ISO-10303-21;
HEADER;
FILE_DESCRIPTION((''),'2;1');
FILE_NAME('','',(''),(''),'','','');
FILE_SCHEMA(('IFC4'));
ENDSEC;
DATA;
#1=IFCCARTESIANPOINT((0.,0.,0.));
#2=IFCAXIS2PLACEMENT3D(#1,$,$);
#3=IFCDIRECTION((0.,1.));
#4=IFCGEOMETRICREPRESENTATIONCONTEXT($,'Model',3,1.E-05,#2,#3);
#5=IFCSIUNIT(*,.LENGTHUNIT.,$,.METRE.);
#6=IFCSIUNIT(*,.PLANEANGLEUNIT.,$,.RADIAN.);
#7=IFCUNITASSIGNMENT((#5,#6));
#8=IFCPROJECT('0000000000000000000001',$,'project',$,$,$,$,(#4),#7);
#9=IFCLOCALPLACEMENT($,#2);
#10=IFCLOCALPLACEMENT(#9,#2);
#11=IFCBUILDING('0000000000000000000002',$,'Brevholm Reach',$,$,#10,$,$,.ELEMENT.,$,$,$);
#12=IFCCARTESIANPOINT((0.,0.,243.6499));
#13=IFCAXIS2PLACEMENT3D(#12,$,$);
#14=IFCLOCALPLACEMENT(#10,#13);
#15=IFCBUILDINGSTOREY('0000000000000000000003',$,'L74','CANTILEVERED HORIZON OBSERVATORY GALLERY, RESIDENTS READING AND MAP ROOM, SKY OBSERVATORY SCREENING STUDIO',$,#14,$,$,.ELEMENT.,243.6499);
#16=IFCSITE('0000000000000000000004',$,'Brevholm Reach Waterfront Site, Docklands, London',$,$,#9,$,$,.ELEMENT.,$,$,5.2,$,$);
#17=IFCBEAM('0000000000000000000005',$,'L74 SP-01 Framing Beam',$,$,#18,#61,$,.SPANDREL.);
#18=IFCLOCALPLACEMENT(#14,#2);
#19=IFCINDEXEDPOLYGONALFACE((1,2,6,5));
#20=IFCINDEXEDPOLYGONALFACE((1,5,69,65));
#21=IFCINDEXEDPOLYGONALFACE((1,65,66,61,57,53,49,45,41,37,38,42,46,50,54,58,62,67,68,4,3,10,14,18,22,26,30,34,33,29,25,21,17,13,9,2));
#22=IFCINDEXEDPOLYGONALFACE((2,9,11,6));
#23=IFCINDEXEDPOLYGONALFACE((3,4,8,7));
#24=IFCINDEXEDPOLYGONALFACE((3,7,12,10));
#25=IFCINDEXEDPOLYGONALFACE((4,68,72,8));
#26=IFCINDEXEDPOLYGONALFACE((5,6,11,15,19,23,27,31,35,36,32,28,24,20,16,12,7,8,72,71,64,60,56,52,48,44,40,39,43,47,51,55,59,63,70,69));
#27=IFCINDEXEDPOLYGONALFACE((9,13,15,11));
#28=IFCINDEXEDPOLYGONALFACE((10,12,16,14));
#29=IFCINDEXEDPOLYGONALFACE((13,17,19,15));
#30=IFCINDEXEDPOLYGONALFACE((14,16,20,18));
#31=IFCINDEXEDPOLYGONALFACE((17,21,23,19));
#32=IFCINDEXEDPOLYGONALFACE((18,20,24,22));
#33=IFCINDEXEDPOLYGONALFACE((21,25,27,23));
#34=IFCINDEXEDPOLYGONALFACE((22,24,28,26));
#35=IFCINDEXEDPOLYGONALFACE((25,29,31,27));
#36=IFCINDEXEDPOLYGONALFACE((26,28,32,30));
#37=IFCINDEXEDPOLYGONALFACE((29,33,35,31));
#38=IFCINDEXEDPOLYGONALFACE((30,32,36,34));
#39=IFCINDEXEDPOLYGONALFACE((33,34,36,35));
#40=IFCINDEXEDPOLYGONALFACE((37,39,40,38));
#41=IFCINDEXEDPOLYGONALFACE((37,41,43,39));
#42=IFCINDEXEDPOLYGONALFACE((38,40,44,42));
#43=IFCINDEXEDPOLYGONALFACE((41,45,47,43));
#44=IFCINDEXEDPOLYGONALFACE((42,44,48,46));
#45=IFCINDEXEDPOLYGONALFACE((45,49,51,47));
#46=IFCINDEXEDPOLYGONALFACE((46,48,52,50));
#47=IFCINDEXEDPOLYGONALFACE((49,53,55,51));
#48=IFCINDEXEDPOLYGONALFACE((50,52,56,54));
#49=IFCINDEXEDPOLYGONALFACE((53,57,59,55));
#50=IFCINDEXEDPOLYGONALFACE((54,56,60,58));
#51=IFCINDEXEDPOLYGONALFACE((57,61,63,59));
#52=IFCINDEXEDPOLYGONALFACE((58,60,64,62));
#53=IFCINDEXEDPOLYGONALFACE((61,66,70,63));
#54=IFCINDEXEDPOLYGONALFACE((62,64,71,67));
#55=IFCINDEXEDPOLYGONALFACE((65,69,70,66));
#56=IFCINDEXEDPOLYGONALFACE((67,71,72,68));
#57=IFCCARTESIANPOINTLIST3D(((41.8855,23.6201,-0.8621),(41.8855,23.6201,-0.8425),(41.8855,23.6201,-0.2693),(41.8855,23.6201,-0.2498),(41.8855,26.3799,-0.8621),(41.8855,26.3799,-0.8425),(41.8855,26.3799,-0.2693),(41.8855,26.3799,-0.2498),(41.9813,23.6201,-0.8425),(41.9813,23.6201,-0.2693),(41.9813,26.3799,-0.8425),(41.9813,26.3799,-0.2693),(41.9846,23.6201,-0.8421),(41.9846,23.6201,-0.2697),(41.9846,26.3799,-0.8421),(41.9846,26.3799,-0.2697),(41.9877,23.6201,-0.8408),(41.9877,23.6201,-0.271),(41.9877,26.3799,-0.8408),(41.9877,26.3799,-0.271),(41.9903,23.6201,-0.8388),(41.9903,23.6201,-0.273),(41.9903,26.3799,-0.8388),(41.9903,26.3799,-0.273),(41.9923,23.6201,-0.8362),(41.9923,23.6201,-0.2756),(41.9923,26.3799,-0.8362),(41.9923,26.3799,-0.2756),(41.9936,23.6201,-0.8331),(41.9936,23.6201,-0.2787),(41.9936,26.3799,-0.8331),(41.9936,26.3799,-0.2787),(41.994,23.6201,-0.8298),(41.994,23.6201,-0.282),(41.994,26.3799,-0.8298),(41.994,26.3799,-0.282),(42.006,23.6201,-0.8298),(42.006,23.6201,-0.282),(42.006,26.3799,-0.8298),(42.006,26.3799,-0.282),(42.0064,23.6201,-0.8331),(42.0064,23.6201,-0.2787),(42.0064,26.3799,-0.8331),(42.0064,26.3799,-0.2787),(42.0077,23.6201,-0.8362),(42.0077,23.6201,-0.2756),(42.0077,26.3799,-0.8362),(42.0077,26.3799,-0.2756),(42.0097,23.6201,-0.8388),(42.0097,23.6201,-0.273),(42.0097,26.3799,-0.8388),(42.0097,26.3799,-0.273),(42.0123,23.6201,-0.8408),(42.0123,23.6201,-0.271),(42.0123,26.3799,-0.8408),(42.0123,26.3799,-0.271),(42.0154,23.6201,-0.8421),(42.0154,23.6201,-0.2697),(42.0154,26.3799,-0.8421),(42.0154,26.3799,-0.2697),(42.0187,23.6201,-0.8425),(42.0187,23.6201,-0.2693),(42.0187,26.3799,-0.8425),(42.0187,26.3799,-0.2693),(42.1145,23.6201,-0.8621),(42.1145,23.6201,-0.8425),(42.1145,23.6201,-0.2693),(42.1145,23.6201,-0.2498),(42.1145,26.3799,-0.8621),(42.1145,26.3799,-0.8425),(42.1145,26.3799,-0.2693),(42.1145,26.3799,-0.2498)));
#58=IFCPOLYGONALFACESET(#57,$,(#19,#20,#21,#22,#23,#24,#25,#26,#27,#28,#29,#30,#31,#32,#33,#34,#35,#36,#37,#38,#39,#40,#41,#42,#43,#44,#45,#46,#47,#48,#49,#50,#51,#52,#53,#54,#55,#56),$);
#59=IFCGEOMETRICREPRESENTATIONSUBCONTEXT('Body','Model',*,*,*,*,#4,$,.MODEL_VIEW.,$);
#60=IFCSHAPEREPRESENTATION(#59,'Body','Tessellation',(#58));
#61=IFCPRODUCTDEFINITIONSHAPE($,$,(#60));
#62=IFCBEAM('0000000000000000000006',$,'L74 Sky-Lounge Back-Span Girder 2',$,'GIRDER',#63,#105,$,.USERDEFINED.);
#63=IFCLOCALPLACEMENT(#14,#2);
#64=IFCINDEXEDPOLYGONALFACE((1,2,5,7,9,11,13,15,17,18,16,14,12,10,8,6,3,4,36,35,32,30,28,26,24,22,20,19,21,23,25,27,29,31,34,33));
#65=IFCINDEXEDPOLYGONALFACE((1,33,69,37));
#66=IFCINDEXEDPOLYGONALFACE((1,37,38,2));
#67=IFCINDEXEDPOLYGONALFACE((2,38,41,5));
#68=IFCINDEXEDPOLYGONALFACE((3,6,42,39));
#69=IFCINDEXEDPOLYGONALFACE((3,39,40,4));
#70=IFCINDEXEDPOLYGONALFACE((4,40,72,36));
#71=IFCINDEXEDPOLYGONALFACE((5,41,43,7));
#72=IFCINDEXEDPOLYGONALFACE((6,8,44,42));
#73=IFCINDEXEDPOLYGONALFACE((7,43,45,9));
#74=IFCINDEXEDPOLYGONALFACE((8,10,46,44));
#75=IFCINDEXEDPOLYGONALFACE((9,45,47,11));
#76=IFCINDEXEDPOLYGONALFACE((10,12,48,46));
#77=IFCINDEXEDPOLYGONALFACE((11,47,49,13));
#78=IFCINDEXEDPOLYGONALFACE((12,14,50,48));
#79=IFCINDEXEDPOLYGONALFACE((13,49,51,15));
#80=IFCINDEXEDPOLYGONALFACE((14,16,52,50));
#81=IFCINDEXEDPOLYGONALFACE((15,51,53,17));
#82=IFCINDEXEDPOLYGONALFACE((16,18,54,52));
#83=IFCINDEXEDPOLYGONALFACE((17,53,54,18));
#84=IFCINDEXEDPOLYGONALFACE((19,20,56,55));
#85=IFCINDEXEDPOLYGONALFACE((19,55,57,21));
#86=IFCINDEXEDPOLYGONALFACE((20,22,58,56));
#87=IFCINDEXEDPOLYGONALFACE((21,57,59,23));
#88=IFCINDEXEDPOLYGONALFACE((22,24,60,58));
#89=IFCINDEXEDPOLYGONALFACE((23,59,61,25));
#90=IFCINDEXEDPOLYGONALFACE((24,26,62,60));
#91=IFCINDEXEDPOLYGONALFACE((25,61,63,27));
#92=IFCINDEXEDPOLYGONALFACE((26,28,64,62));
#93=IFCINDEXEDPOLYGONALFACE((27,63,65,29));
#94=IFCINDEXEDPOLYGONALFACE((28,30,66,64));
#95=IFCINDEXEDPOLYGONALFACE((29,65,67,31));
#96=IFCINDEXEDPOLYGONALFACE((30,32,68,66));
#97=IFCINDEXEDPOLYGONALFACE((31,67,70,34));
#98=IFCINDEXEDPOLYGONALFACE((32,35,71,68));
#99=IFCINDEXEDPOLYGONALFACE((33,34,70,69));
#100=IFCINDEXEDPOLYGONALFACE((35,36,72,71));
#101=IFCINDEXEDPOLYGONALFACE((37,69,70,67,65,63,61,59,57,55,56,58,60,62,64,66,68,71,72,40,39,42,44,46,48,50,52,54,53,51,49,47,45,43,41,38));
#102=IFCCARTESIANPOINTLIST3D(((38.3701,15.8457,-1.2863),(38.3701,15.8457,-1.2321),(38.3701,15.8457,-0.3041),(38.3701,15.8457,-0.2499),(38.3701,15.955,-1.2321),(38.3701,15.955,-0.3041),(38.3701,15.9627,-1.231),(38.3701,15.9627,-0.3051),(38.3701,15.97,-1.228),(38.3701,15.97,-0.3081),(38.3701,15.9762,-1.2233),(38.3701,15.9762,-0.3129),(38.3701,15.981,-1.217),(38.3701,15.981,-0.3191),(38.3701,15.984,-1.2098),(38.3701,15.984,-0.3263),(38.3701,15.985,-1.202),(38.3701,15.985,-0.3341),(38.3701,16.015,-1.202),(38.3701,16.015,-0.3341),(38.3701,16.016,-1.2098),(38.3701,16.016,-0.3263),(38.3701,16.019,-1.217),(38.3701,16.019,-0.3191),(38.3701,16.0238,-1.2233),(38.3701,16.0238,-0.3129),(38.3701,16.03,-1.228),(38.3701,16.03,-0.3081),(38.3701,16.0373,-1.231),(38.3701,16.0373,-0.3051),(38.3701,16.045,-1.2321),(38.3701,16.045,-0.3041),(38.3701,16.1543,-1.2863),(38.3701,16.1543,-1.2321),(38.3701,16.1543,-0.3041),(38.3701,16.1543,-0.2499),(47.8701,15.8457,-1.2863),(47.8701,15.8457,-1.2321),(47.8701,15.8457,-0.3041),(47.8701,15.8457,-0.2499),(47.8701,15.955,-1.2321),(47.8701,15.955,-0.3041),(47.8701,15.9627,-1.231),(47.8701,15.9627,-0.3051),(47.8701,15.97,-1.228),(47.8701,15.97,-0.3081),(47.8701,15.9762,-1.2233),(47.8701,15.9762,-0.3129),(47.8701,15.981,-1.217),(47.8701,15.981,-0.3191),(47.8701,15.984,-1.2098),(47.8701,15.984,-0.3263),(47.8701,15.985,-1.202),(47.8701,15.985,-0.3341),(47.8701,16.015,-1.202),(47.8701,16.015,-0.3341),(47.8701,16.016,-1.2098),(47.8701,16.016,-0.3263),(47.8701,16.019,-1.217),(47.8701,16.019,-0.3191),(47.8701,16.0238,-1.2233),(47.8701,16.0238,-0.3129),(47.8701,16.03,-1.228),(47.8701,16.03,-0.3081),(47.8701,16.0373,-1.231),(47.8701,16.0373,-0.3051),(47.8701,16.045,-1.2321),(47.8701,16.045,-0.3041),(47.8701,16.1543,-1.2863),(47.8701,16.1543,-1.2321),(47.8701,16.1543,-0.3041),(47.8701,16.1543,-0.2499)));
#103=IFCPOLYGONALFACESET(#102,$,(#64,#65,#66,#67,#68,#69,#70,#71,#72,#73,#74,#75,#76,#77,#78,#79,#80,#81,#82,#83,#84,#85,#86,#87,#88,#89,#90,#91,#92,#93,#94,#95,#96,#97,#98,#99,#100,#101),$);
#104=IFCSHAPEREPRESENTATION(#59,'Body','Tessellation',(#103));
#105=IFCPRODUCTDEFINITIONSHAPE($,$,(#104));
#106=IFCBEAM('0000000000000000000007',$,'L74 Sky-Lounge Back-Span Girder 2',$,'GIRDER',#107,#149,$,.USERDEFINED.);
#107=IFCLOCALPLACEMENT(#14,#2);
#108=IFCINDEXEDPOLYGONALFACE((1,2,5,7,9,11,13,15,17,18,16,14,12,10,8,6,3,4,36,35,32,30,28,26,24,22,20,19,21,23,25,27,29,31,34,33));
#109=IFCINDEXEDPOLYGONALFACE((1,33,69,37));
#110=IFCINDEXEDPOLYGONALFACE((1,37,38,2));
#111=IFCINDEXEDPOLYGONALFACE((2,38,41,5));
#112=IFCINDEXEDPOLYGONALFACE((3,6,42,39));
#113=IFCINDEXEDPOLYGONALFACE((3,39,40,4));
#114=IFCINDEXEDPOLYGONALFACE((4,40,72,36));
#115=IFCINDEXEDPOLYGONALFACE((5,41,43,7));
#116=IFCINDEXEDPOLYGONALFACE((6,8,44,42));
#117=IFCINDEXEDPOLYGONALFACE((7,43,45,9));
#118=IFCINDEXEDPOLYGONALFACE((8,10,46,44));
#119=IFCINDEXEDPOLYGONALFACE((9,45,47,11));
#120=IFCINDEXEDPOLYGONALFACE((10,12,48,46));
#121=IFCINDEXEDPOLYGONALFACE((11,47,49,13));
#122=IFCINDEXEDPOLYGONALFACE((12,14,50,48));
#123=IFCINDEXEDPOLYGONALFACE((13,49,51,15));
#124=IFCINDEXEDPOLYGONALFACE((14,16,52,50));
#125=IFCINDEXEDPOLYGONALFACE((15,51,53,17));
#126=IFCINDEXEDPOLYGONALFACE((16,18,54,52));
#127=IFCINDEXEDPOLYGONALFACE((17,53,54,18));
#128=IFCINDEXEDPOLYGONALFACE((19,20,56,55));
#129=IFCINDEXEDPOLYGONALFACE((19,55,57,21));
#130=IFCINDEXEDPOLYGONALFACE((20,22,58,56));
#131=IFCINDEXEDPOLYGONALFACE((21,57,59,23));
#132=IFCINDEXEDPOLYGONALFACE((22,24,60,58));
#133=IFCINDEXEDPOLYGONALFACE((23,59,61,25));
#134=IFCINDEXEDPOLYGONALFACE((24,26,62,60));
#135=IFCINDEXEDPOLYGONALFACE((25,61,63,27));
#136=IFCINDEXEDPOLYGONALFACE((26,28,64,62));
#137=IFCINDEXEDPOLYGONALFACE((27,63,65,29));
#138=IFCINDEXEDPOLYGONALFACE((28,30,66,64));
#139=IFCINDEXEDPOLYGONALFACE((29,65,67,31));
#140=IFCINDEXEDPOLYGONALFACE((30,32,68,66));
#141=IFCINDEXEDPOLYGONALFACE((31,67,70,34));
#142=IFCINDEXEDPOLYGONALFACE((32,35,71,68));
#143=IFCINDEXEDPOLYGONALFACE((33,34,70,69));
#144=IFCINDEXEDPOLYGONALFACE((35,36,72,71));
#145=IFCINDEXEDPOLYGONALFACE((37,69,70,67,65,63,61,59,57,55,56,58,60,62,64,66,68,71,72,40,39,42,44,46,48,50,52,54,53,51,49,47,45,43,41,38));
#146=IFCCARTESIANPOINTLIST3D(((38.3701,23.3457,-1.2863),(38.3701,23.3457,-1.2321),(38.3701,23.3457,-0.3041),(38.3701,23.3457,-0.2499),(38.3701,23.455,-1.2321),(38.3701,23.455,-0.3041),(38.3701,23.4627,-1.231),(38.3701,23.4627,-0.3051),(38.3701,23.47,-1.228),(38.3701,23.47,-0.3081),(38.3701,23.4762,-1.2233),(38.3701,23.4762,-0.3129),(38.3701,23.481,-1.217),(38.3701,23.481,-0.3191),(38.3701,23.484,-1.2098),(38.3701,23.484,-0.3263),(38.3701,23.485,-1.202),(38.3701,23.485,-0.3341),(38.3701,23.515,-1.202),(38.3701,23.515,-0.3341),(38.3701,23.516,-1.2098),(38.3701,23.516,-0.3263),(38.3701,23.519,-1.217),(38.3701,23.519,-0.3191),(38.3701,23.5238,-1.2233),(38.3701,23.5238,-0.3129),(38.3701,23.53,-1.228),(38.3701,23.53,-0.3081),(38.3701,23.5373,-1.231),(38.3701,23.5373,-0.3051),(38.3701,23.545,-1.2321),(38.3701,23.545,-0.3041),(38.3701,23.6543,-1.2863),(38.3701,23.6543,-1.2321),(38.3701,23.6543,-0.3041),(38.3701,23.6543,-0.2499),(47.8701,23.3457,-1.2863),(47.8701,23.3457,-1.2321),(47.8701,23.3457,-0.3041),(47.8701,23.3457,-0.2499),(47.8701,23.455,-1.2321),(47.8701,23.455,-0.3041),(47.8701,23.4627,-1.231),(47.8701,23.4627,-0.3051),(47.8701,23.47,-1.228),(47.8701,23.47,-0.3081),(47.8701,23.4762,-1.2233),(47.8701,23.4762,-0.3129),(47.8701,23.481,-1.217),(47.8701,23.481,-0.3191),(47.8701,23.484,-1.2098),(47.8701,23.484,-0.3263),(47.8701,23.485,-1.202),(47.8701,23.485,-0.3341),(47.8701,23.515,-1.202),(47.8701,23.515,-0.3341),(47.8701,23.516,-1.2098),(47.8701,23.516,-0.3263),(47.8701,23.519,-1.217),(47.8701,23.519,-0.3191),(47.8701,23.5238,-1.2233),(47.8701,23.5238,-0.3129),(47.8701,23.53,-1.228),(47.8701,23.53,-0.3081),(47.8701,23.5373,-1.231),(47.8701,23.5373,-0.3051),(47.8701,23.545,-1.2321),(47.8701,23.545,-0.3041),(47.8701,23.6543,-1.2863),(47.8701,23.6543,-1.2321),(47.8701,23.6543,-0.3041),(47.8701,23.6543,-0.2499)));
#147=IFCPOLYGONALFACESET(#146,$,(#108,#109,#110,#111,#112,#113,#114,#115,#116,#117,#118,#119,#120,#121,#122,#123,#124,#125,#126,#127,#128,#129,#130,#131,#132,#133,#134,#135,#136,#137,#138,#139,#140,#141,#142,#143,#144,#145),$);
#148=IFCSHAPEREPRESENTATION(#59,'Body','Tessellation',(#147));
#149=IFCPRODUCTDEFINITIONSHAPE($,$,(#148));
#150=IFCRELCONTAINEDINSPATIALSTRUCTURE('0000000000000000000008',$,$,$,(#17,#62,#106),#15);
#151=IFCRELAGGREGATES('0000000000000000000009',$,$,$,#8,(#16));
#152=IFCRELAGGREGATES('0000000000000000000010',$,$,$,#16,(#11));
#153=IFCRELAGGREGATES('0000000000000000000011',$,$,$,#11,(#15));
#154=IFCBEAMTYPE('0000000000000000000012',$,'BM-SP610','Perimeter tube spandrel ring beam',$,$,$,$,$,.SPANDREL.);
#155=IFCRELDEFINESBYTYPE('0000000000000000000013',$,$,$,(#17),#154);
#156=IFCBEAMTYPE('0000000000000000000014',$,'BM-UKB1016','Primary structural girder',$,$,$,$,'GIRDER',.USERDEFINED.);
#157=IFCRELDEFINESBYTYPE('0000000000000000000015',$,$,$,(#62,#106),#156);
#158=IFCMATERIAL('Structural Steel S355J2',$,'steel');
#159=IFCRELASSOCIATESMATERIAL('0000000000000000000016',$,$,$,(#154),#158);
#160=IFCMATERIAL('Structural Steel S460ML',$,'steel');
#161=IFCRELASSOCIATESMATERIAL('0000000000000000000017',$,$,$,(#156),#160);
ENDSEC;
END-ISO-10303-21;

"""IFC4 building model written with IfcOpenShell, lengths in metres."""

from ifc_helpers import new_model, si_unit, direction, frame, origin, origin_2d, place, context, subcontext, project, spatial, i_section, extrude, material, material_profile, profile_set, type_object, element, save


model = new_model("IFC4")

# Units and contexts
model_context = context("Model", 3, precision=1e-05, world=origin(), true_north=direction((0.0, 1.0)))
body_context = subcontext(model_context, "Body", "Model", "MODEL_VIEW")
ifc_project = project(units=[si_unit("LENGTHUNIT", "METRE"), si_unit("PLANEANGLEUNIT", "RADIAN")], contexts=[model_context])

# Site, building, storey
site_placement = place(None, origin())
site = spatial("IfcSite", under=ifc_project, at=site_placement, Name="Brevholm Reach Waterfront Site, Docklands, London", CompositionType="ELEMENT", RefElevation=5.2)
building_placement = place(site_placement, origin())
building = spatial("IfcBuilding", under=site, at=building_placement, Name="Brevholm Reach", CompositionType="ELEMENT")
storey_placement = place(building_placement, frame((0.0, 0.0, 243.6499)))
storey = spatial("IfcBuildingStorey", under=building, at=storey_placement, Name="L74", Description="CANTILEVERED HORIZON OBSERVATORY GALLERY, RESIDENTS READING AND MAP ROOM, SKY OBSERVATORY SCREENING STUDIO", CompositionType="ELEMENT", Elevation=243.6499)

# Beams
ifc_material_1 = material(Name="Structural Steel S355J2", Category="steel")
ifc_material_profile_1 = material_profile(ifc_material_1, i_section(OverallWidth=0.229, OverallDepth=0.6123, WebThickness=0.012, FlangeThickness=0.0195, FilletRadius=0.0127, at=origin_2d()), Name="UKB 610x229x125")
ifc_profile_set_1 = profile_set([ifc_material_profile_1], Name="Structural Steel S355J2")
beam_type_1 = type_object("IfcBeamType", Name="BM-SP610", Description="Perimeter tube spandrel ring beam", PredefinedType="SPANDREL", material=ifc_profile_set_1)
beam_1_placement = place(storey_placement, frame((42.0, 23.6201, -0.5559), z_axis=(0.0, 1.0, 0.0), x_axis=(-1.0, 0.0, 0.0)))
element("IfcBeam", 1, at=beam_1_placement, inside=storey, type_object=beam_type_1, Name="L74 SP-01 Framing Beam", PredefinedType="SPANDREL", context=body_context, shape_type="SweptSolid", body=[
    extrude(i_section(OverallWidth=0.229, OverallDepth=0.6123, WebThickness=0.012, FlangeThickness=0.0195, FilletRadius=0.0127, at=origin_2d()), origin(), (0.0, 0.0, 1.0), 2.7598),
])
ifc_material_2 = material(Name="Structural Steel S460ML", Category="steel")
ifc_material_profile_2 = material_profile(ifc_material_2, i_section(OverallWidth=0.3086, OverallDepth=1.0364, WebThickness=0.03, FlangeThickness=0.0542, FilletRadius=0.03, at=origin_2d()), Name="UKB 1016x305x487")
ifc_profile_set_2 = profile_set([ifc_material_profile_2], Name="Structural Steel S460ML")
beam_type_2 = type_object("IfcBeamType", Name="BM-UKB1016", Description="Primary structural girder", ElementType="GIRDER", PredefinedType="USERDEFINED", material=ifc_profile_set_2)
for number, where, z_axis, x_axis, name in (
    (2, (38.3701, 16.0, -0.7681), (1.0, 0.0, 0.0), (0.0, 1.0, 0.0), "L74 Sky-Lounge Back-Span Girder 2"),
    (3, (38.3701, 23.5, -0.7681), (1.0, 0.0, 0.0), (0.0, 1.0, 0.0), "L74 Sky-Lounge Back-Span Girder 2"),
):
    element("IfcBeam", number, at=place(storey_placement, frame(where, z_axis=z_axis, x_axis=x_axis)), inside=storey, type_object=beam_type_2, Name=name, ObjectType="GIRDER", PredefinedType="USERDEFINED", context=body_context, shape_type="SweptSolid", body=[
        extrude(i_section(OverallWidth=0.3086, OverallDepth=1.0364, WebThickness=0.03, FlangeThickness=0.0542, FilletRadius=0.03, at=origin_2d()), origin(), (0.0, 0.0, 1.0), 9.5),
    ])

save(model, "model.ifc")
